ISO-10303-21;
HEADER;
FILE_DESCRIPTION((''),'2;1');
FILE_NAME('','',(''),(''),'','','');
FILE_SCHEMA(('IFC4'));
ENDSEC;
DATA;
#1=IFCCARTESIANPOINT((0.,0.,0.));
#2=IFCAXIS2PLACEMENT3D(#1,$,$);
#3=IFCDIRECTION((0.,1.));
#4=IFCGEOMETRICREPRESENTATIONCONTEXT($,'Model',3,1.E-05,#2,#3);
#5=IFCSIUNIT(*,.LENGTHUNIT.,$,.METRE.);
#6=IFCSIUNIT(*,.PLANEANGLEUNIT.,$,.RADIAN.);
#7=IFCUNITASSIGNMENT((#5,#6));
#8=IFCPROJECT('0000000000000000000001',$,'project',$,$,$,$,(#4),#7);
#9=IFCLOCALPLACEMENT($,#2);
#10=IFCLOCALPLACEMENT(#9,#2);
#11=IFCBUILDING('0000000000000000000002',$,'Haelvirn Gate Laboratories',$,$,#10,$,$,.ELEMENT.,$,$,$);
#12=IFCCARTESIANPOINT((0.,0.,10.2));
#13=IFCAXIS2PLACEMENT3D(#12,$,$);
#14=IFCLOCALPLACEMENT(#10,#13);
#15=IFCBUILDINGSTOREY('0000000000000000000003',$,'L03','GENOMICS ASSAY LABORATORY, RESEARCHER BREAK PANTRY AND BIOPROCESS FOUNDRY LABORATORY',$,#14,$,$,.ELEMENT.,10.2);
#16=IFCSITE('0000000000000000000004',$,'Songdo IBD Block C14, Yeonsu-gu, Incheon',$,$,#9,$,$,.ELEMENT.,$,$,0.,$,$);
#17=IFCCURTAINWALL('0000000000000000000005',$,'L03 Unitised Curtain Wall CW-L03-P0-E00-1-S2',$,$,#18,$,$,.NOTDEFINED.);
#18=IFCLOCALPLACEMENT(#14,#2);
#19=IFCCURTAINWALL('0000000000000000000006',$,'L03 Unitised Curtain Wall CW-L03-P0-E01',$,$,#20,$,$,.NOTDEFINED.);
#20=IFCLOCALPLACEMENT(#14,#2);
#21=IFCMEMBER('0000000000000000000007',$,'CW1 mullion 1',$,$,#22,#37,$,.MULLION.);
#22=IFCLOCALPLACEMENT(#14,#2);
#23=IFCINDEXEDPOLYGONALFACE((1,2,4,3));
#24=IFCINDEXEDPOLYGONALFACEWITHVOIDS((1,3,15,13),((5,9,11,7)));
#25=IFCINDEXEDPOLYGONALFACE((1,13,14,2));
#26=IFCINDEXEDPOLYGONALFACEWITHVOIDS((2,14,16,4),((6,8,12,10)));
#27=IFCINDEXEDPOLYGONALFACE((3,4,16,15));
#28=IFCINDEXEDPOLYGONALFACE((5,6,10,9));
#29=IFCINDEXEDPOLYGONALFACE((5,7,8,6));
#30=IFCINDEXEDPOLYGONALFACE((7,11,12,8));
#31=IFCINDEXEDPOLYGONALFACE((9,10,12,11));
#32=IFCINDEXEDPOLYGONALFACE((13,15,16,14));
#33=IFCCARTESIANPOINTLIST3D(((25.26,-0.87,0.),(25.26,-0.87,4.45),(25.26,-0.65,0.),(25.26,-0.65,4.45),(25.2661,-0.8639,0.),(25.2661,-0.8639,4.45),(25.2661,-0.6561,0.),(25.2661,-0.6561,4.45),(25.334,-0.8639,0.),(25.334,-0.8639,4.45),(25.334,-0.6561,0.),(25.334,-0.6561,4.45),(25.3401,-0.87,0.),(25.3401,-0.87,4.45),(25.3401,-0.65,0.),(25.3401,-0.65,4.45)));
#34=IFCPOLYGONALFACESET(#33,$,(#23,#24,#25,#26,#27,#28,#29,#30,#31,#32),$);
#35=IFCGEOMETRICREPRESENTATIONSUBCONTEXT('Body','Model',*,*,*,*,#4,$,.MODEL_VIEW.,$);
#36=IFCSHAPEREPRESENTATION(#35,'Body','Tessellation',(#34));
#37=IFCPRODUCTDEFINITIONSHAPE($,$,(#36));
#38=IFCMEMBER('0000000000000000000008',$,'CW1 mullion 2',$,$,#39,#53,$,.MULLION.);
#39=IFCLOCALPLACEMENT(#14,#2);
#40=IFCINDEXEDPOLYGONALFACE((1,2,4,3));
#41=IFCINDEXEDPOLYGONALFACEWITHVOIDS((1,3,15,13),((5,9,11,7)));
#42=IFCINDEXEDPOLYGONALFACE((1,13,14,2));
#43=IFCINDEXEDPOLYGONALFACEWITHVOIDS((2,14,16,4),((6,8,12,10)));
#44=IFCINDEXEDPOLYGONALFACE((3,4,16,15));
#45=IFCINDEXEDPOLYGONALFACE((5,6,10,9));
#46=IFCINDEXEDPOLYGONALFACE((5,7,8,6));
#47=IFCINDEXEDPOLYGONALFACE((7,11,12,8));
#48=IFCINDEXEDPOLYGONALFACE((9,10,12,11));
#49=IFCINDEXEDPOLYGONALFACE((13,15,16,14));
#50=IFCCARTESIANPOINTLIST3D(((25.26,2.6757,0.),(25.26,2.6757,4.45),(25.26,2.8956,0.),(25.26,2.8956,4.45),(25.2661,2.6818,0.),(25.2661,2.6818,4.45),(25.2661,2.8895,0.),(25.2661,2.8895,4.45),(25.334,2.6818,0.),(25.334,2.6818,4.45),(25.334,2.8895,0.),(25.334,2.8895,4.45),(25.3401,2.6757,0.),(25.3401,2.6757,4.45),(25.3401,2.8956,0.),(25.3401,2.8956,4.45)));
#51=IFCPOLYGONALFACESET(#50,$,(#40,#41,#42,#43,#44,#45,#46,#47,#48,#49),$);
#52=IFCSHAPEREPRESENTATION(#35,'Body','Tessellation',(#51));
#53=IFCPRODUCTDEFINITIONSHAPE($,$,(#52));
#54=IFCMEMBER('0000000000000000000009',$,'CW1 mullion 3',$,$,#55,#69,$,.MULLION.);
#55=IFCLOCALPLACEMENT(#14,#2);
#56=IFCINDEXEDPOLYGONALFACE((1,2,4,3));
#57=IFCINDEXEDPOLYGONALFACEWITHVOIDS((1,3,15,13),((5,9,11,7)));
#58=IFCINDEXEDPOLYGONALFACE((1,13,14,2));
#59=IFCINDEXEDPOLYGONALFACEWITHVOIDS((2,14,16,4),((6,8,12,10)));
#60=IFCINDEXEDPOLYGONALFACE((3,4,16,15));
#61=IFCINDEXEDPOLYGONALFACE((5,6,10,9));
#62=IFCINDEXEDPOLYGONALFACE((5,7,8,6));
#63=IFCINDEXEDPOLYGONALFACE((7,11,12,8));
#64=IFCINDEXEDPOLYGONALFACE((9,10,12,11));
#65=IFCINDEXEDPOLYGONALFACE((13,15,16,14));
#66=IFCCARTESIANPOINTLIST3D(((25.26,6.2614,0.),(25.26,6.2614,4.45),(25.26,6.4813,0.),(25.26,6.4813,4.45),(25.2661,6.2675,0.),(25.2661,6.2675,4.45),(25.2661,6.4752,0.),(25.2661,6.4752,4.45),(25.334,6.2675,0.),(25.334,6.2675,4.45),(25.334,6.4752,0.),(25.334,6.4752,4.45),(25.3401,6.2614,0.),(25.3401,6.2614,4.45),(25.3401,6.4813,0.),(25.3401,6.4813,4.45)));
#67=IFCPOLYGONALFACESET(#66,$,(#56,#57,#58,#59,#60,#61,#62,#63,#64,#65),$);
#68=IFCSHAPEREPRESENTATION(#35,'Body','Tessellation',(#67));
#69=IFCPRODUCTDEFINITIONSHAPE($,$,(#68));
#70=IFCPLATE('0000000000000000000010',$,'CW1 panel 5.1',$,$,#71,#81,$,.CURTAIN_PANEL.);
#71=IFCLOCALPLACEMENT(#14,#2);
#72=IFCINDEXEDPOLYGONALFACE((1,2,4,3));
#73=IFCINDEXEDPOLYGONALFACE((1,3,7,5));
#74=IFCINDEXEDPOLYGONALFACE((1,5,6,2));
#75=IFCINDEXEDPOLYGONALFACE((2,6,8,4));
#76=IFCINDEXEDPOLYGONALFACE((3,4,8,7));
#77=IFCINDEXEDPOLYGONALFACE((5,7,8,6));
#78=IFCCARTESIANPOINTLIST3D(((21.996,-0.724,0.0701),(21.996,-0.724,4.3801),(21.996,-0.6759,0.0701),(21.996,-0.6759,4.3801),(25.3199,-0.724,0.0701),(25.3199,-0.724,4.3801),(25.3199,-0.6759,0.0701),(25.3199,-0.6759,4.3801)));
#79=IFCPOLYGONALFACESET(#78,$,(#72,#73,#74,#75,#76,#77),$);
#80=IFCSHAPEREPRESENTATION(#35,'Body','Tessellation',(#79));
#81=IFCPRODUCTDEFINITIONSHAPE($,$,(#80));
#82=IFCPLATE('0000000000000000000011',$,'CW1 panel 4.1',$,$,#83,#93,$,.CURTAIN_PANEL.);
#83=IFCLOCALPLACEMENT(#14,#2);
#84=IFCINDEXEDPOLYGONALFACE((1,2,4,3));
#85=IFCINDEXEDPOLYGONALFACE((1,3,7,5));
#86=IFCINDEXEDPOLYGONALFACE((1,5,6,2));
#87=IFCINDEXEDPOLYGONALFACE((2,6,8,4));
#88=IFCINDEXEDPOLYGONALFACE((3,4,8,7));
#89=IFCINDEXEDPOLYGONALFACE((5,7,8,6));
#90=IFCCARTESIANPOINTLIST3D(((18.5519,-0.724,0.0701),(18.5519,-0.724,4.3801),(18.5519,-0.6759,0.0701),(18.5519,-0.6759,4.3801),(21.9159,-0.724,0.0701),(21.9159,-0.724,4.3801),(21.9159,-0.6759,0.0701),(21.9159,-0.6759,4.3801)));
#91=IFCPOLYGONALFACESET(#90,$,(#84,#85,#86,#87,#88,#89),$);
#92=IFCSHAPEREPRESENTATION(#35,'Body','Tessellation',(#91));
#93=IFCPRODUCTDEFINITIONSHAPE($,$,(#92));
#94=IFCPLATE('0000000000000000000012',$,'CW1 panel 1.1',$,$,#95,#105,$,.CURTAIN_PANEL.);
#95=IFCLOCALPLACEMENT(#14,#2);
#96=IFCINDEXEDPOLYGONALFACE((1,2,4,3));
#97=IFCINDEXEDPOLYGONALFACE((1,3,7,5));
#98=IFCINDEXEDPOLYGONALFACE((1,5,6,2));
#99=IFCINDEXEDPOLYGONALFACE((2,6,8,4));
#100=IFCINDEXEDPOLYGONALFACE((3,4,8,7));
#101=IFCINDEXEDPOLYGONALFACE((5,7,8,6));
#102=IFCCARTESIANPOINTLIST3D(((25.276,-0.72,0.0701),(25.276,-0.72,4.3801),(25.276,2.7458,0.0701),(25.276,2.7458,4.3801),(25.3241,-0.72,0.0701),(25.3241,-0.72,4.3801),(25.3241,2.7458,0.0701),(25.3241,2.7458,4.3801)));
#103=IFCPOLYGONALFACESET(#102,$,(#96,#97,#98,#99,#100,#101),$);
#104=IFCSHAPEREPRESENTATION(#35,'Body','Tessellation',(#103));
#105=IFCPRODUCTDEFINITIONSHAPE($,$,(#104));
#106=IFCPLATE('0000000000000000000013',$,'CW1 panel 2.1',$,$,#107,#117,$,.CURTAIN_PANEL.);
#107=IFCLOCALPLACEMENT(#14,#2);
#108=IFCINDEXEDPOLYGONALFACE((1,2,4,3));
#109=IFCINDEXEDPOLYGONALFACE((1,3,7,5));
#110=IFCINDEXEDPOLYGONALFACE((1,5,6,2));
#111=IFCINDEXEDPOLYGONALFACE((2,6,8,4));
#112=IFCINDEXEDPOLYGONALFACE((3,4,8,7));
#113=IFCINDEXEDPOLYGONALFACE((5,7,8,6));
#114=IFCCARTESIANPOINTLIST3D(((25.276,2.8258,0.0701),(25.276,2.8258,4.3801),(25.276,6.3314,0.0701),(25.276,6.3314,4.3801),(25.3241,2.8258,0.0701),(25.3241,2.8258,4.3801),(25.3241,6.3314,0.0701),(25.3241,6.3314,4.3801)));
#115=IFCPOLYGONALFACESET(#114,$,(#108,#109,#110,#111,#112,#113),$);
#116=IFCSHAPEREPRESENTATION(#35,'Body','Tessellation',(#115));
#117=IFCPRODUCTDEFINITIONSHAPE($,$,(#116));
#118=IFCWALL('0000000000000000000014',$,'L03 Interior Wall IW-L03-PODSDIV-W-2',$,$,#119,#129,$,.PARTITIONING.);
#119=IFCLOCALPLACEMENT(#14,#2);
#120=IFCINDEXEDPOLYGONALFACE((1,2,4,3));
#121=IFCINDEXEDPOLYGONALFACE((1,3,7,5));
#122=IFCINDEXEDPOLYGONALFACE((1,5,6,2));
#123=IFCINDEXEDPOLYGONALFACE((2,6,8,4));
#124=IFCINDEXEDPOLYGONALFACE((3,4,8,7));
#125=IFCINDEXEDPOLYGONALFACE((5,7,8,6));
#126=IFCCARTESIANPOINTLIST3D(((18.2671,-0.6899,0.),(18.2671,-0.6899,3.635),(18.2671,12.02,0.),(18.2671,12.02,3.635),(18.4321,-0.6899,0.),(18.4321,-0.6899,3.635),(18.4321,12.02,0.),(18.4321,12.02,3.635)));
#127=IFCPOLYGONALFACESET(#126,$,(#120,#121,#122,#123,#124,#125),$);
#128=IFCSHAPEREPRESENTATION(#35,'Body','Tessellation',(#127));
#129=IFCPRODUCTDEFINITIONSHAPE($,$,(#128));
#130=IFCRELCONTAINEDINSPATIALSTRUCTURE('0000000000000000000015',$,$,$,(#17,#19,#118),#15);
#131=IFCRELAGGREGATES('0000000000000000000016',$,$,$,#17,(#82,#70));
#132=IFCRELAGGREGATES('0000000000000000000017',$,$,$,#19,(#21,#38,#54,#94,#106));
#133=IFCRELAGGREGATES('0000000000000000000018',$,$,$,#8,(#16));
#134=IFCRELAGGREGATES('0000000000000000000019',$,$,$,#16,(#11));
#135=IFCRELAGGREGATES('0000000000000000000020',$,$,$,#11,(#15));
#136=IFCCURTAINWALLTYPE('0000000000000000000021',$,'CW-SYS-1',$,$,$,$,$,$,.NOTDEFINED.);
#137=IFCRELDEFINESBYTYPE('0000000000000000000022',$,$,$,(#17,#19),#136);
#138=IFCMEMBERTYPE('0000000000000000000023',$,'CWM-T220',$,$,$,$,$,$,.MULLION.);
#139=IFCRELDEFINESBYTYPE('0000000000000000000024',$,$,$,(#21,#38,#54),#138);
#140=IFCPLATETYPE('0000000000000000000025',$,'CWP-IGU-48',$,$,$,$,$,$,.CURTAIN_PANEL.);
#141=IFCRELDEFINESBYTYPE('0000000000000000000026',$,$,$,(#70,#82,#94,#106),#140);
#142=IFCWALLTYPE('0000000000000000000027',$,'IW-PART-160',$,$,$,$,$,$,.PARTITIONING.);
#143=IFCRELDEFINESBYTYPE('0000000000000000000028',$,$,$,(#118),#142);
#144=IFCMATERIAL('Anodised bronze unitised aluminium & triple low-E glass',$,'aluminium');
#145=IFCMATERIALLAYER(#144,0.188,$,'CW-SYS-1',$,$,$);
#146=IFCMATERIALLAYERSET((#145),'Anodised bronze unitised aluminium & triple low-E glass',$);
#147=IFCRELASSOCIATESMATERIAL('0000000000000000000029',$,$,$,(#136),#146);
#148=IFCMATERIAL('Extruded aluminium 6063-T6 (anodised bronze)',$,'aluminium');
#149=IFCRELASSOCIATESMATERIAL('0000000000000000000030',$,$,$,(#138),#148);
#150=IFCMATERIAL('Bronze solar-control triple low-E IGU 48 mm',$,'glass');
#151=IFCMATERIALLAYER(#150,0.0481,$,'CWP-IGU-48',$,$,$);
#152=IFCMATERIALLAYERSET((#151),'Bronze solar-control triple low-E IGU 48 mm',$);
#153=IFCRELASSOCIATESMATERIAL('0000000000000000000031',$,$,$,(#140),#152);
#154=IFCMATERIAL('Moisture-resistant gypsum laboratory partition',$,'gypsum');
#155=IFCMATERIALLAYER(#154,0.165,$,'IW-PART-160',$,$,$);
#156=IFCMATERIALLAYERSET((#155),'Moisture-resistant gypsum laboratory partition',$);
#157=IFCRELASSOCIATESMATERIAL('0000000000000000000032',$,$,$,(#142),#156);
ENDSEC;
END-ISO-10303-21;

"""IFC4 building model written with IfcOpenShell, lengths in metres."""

from ifc_helpers import new_model, si_unit, direction, frame, frame_2d, origin, origin_2d, place, context, subcontext, project, spatial, rectangle, hollow_rectangle, extrude, source, transform, mapped, material, layer, layer_set, material_profile, profile_set, type_object, type_shapes, element, aggregate, save


model = new_model("IFC4")

# Units and contexts
model_context = context("Model", 3, precision=1e-05, world=origin(), true_north=direction((0.0, 1.0)))
body_context = subcontext(model_context, "Body", "Model", "MODEL_VIEW")
ifc_project = project(units=[si_unit("LENGTHUNIT", "METRE"), si_unit("PLANEANGLEUNIT", "RADIAN")], contexts=[model_context])

# Site, building, storey
site_placement = place(None, origin())
site = spatial("IfcSite", under=ifc_project, at=site_placement, Name="Songdo IBD Block C14, Yeonsu-gu, Incheon", CompositionType="ELEMENT", RefElevation=0.0)
building_placement = place(site_placement, origin())
building = spatial("IfcBuilding", under=site, at=building_placement, Name="Haelvirn Gate Laboratories", CompositionType="ELEMENT")
storey_placement = place(building_placement, frame((0.0, 0.0, 10.2)))
storey = spatial("IfcBuildingStorey", under=building, at=storey_placement, Name="L03", Description="GENOMICS ASSAY LABORATORY, RESEARCHER BREAK PANTRY AND BIOPROCESS FOUNDRY LABORATORY", CompositionType="ELEMENT", Elevation=10.2)

# Curtain walls
ifc_material_1 = material(Name="Anodised bronze unitised aluminium & triple low-E glass", Category="aluminium")
ifc_layer_1 = layer(ifc_material_1, 0.188, Name="CW-SYS-1")
ifc_layer_set_1 = layer_set([ifc_layer_1], Name="Anodised bronze unitised aluminium & triple low-E glass")
curtain_wall_type = type_object("IfcCurtainWallType", Name="CW-SYS-1", PredefinedType="NOTDEFINED", material=ifc_layer_set_1)
curtain_wall_1_placement = place(storey_placement, origin())
curtain_wall_1 = element("IfcCurtainWall", 1, at=curtain_wall_1_placement, inside=storey, type_object=curtain_wall_type, Name="L03 Unitised Curtain Wall CW-L03-P0-E00-1-S2", PredefinedType="NOTDEFINED")
ifc_material_2 = material(Name="Extruded aluminium 6063-T6 (anodised bronze)", Category="aluminium")
curtain_wall_2_placement = place(storey_placement, origin())
curtain_wall_2 = element("IfcCurtainWall", 2, at=curtain_wall_2_placement, inside=storey, type_object=curtain_wall_type, Name="L03 Unitised Curtain Wall CW-L03-P0-E01", PredefinedType="NOTDEFINED")

# Members
ifc_material_profile_1 = material_profile(ifc_material_2, hollow_rectangle(XDim=0.0801, YDim=0.22, WallThickness=0.0061, at=origin_2d()), Name="CWM-220x80x6")
ifc_profile_set_1 = profile_set([ifc_material_profile_1], Name="Extruded aluminium 6063-T6 (anodised bronze)")
member_type_1 = type_object("IfcMemberType", Name="CWM-T220", PredefinedType="MULLION", material=ifc_profile_set_1)
shared_shape_1 = source(origin(), body_context, "Body", "SweptSolid", [
    extrude(hollow_rectangle(XDim=0.0801, YDim=0.22, WallThickness=0.0061, at=origin_2d()), origin(), (0.0, 0.0, 1.0), 4.45),
])
type_shapes(member_type_1, [shared_shape_1])
member_1_placement = place(storey_placement, frame((25.3, -0.76, 0.0), z_axis=(0.0, 0.0, 1.0), x_axis=(-1.0, 0.0, 0.0)))
member_1 = element("IfcMember", 3, at=member_1_placement, type_object=member_type_1, Name="CW1 mullion 1", PredefinedType="MULLION", context=body_context, shape_type="MappedRepresentation", body=[
    mapped(shared_shape_1, transform((0.0, 0.0, 0.0), scale=1.0)),
])
member_2_placement = place(storey_placement, frame((25.3, 2.7856, 0.0), z_axis=(0.0, 0.0, 1.0), x_axis=(-1.0, 0.0, 0.0)))
member_2 = element("IfcMember", 4, at=member_2_placement, type_object=member_type_1, Name="CW1 mullion 2", PredefinedType="MULLION", context=body_context, shape_type="MappedRepresentation", body=[
    mapped(shared_shape_1, transform((0.0, 0.0, 0.0), scale=1.0)),
])
member_3_placement = place(storey_placement, frame((25.3, 6.3713, 0.0), z_axis=(0.0, 0.0, 1.0), x_axis=(-1.0, 0.0, 0.0)))
member_3 = element("IfcMember", 5, at=member_3_placement, type_object=member_type_1, Name="CW1 mullion 3", PredefinedType="MULLION", context=body_context, shape_type="MappedRepresentation", body=[
    mapped(shared_shape_1, transform((0.0, 0.0, 0.0), scale=1.0)),
])

# Plates
ifc_material_3 = material(Name="Bronze solar-control triple low-E IGU 48 mm", Category="glass")
ifc_layer_2 = layer(ifc_material_3, 0.0481, Name="CWP-IGU-48")
ifc_layer_set_2 = layer_set([ifc_layer_2], Name="Bronze solar-control triple low-E IGU 48 mm")
plate_type = type_object("IfcPlateType", Name="CWP-IGU-48", PredefinedType="CURTAIN_PANEL", material=ifc_layer_set_2)
shared_shape_2 = source(origin(), body_context, "Body", "SweptSolid", [
    extrude(rectangle(XDim=3.324, YDim=0.0481, at=origin_2d()), origin(), (0.0, 0.0, 1.0), 4.3101),
])
plate_1_placement = place(storey_placement, frame((23.658, -0.7, 0.0701), z_axis=(0.0, 0.0, 1.0), x_axis=(1.0, 0.0, 0.0)))
plate_1 = element("IfcPlate", 6, at=plate_1_placement, type_object=plate_type, Name="CW1 panel 5.1", PredefinedType="CURTAIN_PANEL", context=body_context, shape_type="MappedRepresentation", body=[
    mapped(shared_shape_2, transform((0.0, 0.0, 0.0), scale=1.0)),
])
shared_shape_3 = source(origin(), body_context, "Body", "SweptSolid", [
    extrude(rectangle(XDim=3.364, YDim=0.0481, at=origin_2d()), origin(), (0.0, 0.0, 1.0), 4.3101),
])
plate_2_placement = place(storey_placement, frame((20.2339, -0.7, 0.0701), z_axis=(0.0, 0.0, 1.0), x_axis=(1.0, 0.0, 0.0)))
plate_2 = element("IfcPlate", 7, at=plate_2_placement, type_object=plate_type, Name="CW1 panel 4.1", PredefinedType="CURTAIN_PANEL", context=body_context, shape_type="MappedRepresentation", body=[
    mapped(shared_shape_3, transform((0.0, 0.0, 0.0), scale=1.0)),
])
aggregate(curtain_wall_1, [plate_2, plate_1])
shared_shape_4 = source(origin(), body_context, "Body", "SweptSolid", [
    extrude(rectangle(XDim=3.4658, YDim=0.0481, at=origin_2d()), origin(), (0.0, 0.0, 1.0), 4.3101),
])
plate_3_placement = place(storey_placement, frame((25.3, 1.0129, 0.0701), z_axis=(0.0, 0.0, 1.0), x_axis=(0.0, 1.0, 0.0)))
plate_3 = element("IfcPlate", 8, at=plate_3_placement, type_object=plate_type, Name="CW1 panel 1.1", PredefinedType="CURTAIN_PANEL", context=body_context, shape_type="MappedRepresentation", body=[
    mapped(shared_shape_4, transform((0.0, 0.0, 0.0), scale=1.0)),
])
shared_shape_5 = source(origin(), body_context, "Body", "SweptSolid", [
    extrude(rectangle(XDim=3.5056, YDim=0.0481, at=origin_2d()), origin(), (0.0, 0.0, 1.0), 4.3101),
])
type_shapes(plate_type, [shared_shape_2, shared_shape_3, shared_shape_4, shared_shape_5])
plate_4_placement = place(storey_placement, frame((25.3, 4.5786, 0.0701), z_axis=(0.0, 0.0, 1.0), x_axis=(0.0, 1.0, 0.0)))
plate_4 = element("IfcPlate", 9, at=plate_4_placement, type_object=plate_type, Name="CW1 panel 2.1", PredefinedType="CURTAIN_PANEL", context=body_context, shape_type="MappedRepresentation", body=[
    mapped(shared_shape_5, transform((0.0, 0.0, 0.0), scale=1.0)),
])
aggregate(curtain_wall_2, [member_1, member_2, member_3, plate_3, plate_4])

# Wall
ifc_material_4 = material(Name="Moisture-resistant gypsum laboratory partition", Category="gypsum")
ifc_layer_3 = layer(ifc_material_4, 0.165, Name="IW-PART-160")
ifc_layer_set_3 = layer_set([ifc_layer_3], Name="Moisture-resistant gypsum laboratory partition")
wall_type = type_object("IfcWallType", Name="IW-PART-160", PredefinedType="PARTITIONING", material=ifc_layer_set_3)
wall_placement = place(storey_placement, frame((18.3496, -0.6899, 0.0), z_axis=(0.0, 0.0, 1.0), x_axis=(0.0, 1.0, 0.0)))
element("IfcWall", 10, at=wall_placement, inside=storey, type_object=wall_type, Name="L03 Interior Wall IW-L03-PODSDIV-W-2", PredefinedType="PARTITIONING", context=body_context, shape_type="SweptSolid", body=[
    extrude(rectangle(XDim=12.71, YDim=0.165, at=frame_2d((6.355, 0.0))), origin(), (0.0, 0.0, 1.0), 3.635),
])

save(model, "model.ifc")
